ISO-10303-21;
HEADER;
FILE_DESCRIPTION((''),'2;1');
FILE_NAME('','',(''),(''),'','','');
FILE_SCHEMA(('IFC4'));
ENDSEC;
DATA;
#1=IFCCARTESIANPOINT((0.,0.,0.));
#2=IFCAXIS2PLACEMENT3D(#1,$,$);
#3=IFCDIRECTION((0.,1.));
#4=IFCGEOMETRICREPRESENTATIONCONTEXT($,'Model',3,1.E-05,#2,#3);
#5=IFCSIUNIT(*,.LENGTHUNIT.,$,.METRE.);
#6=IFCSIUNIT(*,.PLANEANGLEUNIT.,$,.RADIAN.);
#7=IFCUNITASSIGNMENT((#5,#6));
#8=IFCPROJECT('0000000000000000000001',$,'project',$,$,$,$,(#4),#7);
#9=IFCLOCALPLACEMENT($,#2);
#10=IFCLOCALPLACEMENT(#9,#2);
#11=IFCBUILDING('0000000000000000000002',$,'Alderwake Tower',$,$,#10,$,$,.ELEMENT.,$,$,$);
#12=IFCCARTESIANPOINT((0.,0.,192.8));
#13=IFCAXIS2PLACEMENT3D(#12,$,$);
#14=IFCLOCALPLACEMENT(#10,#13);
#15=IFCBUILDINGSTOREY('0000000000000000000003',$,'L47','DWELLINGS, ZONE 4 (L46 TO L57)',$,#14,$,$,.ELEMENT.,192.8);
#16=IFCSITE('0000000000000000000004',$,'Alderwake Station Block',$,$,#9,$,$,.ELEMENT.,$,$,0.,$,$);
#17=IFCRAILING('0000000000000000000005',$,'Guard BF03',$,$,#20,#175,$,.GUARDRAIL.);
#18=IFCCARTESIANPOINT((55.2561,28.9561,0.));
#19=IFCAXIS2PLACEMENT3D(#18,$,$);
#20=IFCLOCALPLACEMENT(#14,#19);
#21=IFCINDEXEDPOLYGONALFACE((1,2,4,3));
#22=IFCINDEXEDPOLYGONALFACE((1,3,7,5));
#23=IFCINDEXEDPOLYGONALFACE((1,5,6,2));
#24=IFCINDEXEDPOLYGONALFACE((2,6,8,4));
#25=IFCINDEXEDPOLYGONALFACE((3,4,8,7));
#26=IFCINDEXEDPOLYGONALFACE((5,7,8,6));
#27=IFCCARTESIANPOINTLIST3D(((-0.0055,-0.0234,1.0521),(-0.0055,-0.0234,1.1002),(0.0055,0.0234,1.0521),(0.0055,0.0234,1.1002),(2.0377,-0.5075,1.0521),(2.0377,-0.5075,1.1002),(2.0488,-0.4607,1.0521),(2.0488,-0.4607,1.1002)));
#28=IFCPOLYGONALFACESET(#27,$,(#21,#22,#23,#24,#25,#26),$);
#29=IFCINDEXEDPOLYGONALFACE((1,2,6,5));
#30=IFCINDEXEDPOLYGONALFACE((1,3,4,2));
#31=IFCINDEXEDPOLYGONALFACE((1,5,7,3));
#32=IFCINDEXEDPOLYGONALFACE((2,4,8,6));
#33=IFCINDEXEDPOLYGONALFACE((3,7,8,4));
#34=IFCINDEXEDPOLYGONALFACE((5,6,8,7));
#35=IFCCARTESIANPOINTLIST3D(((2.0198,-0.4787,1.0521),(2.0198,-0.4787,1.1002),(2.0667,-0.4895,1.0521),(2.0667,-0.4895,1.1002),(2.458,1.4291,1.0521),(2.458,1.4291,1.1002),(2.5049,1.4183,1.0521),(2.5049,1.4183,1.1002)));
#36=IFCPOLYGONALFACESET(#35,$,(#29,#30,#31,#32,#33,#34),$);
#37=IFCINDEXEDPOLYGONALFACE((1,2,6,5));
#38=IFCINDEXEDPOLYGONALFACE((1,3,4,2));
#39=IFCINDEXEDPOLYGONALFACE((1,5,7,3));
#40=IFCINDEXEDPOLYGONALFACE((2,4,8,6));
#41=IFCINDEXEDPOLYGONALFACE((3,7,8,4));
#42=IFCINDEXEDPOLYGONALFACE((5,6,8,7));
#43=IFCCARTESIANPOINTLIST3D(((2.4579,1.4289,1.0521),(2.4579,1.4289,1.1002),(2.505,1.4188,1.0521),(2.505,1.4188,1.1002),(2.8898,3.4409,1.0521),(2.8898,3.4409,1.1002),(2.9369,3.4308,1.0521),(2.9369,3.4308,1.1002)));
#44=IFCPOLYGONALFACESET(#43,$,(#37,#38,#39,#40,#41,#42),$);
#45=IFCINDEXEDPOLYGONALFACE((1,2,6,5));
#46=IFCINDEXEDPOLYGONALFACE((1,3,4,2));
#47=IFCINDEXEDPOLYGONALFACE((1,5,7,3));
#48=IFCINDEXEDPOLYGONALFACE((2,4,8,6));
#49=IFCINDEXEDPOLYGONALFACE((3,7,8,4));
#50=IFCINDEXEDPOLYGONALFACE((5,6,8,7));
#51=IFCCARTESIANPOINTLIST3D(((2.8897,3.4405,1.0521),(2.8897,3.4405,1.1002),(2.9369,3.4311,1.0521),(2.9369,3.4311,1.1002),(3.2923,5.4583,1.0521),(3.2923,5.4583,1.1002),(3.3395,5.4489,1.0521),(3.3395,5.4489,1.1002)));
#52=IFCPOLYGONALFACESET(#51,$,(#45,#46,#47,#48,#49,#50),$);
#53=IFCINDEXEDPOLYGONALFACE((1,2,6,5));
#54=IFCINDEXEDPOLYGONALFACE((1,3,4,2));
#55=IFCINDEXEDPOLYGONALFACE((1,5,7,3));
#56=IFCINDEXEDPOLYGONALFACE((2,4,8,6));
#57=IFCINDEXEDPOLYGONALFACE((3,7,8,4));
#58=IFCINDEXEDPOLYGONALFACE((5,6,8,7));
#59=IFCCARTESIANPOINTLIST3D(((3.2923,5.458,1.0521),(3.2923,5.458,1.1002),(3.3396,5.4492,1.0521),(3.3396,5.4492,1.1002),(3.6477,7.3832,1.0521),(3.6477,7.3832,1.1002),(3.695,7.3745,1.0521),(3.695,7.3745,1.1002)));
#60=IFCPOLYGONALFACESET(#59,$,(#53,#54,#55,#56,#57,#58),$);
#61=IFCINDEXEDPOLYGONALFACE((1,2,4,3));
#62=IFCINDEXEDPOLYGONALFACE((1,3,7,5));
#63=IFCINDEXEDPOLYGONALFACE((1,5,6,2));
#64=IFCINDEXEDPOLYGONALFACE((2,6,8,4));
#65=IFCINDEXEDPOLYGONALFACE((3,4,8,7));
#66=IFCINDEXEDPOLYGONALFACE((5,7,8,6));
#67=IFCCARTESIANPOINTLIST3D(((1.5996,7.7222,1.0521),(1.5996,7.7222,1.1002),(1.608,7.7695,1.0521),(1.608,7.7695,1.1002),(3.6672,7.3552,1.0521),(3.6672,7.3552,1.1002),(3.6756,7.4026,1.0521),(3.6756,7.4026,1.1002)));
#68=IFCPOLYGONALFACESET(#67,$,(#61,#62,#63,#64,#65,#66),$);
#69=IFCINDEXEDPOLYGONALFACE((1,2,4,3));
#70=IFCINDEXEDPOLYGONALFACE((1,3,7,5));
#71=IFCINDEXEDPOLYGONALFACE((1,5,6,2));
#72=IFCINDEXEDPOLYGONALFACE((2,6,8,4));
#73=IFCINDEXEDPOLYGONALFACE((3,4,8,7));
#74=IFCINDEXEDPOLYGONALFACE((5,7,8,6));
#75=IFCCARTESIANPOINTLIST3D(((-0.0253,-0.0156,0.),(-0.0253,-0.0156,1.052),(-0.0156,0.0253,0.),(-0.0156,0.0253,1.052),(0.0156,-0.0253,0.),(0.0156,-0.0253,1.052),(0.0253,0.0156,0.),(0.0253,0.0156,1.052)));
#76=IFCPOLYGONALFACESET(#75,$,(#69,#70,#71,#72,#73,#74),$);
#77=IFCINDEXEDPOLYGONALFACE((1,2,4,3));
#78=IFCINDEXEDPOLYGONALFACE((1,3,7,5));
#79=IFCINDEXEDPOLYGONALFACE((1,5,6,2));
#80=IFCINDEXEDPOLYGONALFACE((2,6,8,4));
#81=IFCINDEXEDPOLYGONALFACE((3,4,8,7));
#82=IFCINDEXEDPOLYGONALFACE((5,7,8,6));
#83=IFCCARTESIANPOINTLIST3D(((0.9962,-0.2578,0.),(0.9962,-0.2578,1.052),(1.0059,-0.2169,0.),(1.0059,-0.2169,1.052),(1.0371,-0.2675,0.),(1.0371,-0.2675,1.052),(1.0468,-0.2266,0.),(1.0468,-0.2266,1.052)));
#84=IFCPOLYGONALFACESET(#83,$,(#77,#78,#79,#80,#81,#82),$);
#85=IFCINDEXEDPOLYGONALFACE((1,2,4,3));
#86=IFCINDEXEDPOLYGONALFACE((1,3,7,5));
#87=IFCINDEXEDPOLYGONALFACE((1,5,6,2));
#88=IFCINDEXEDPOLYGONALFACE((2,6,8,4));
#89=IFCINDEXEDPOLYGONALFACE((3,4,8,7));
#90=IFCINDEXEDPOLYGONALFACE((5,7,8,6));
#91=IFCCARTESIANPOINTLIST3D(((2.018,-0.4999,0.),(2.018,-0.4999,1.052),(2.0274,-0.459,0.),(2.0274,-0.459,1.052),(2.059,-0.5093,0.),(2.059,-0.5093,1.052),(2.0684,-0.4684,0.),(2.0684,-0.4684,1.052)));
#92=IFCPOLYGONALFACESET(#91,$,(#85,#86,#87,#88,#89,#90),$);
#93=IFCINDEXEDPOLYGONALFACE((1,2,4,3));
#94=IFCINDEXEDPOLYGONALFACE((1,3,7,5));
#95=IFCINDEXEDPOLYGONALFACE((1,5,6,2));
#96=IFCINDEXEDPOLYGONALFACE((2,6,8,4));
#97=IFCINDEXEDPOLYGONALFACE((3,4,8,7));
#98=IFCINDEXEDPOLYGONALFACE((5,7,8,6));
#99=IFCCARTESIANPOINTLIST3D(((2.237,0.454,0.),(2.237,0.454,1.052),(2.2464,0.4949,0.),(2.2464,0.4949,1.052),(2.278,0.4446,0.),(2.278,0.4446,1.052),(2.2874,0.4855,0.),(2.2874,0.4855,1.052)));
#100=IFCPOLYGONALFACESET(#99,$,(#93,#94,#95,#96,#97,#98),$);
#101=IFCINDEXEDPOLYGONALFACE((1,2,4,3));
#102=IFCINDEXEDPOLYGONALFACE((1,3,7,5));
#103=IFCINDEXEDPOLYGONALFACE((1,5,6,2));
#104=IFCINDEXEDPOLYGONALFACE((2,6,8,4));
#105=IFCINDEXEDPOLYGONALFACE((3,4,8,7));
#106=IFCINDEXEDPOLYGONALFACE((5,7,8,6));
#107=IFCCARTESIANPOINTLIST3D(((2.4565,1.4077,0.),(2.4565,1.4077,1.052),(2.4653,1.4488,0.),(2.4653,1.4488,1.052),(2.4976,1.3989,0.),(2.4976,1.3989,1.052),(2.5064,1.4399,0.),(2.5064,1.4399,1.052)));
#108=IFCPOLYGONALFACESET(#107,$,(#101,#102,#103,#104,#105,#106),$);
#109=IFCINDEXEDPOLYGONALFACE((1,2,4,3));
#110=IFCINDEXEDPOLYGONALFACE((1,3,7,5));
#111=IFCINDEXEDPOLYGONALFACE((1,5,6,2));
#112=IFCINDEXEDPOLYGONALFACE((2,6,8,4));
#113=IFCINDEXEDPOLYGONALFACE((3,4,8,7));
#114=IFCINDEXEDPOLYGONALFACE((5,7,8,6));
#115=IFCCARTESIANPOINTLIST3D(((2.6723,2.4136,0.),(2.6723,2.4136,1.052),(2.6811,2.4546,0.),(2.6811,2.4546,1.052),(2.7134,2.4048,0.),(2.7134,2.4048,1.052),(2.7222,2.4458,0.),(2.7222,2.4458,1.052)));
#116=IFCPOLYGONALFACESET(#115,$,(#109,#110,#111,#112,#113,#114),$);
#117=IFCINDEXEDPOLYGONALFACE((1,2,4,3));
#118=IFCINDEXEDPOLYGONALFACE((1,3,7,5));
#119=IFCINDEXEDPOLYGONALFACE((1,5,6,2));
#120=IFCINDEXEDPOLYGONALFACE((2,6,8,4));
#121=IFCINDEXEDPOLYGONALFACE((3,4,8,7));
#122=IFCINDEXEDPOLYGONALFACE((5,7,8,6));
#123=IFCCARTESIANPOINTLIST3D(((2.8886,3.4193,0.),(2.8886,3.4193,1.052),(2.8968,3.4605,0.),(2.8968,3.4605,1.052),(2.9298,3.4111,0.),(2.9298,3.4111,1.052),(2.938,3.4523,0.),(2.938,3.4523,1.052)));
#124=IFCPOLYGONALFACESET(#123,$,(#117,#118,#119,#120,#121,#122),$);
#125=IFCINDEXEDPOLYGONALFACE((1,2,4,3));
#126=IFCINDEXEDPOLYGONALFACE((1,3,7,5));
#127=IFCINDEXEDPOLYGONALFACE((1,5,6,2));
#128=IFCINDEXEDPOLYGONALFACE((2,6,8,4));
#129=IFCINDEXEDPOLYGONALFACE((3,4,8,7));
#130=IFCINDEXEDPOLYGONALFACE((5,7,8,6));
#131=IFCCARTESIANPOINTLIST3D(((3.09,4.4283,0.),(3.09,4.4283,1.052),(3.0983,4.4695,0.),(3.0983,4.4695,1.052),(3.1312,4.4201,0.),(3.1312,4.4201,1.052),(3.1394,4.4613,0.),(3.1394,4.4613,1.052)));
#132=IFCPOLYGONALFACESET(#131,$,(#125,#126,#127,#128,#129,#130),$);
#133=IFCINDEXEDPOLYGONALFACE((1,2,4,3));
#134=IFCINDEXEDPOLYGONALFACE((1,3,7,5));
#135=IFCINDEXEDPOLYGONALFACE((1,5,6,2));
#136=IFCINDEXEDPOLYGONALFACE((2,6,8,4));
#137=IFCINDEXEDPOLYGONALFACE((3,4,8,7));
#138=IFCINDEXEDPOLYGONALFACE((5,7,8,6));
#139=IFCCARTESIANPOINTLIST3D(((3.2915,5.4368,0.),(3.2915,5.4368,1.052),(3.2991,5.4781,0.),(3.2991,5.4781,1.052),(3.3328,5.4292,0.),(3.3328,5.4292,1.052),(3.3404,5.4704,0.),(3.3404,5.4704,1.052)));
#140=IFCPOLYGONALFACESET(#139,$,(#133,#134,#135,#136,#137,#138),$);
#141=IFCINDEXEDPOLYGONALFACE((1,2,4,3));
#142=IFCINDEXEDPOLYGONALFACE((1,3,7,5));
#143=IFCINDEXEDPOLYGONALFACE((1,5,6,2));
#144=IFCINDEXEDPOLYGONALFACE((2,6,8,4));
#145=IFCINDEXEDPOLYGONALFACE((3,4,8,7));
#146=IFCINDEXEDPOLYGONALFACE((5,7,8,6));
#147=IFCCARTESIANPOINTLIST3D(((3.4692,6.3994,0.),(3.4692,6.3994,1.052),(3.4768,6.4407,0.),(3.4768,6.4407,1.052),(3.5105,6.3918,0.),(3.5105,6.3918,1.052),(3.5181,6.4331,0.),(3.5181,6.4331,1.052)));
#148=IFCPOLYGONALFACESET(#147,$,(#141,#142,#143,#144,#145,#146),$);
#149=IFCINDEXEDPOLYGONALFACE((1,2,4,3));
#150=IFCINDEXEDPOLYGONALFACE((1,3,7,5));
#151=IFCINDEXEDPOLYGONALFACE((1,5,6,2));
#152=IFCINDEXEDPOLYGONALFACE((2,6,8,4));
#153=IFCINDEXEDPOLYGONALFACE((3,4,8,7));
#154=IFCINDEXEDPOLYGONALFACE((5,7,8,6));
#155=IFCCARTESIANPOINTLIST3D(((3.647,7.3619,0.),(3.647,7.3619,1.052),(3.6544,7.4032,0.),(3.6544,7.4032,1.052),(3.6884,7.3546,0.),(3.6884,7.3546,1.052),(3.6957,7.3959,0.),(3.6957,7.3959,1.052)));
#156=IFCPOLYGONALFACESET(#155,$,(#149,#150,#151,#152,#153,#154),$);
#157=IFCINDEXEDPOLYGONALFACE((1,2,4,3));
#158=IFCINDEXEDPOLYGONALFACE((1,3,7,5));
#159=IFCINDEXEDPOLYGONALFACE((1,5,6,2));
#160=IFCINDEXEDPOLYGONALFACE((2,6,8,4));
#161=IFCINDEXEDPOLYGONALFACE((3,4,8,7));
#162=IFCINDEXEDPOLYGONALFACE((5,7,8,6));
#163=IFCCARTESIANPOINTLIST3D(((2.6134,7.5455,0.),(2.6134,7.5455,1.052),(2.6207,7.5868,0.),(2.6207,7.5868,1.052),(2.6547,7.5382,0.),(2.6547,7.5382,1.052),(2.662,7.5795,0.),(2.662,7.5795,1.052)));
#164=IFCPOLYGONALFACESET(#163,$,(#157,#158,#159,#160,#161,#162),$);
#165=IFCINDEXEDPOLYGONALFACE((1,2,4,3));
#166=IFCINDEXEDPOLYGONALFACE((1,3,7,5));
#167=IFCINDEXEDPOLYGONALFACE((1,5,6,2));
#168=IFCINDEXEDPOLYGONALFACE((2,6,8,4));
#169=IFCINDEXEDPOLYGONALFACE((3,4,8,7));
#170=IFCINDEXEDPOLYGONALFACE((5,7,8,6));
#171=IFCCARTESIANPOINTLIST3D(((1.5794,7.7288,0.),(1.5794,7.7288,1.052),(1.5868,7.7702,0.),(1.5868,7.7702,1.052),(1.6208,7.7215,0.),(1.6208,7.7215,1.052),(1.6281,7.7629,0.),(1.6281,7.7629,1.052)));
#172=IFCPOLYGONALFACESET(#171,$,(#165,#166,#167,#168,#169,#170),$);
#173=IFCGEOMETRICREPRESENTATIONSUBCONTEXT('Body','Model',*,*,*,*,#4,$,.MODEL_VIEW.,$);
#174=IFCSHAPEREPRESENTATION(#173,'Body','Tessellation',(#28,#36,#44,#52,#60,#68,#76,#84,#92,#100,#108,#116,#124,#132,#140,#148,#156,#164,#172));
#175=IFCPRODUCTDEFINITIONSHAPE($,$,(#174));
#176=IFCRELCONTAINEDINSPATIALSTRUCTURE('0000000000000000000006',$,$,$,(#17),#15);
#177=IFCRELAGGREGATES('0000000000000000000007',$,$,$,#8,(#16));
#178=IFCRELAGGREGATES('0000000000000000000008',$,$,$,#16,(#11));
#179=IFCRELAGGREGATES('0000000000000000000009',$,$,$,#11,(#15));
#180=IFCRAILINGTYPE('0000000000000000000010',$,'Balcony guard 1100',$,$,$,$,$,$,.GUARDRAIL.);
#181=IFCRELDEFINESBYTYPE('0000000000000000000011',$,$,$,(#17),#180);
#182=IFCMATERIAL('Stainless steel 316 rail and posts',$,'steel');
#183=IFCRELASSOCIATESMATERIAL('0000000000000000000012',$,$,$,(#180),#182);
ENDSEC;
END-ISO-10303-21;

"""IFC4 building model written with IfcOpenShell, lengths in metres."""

from ifc_helpers import new_model, si_unit, direction, frame, origin, origin_2d, place, context, subcontext, project, spatial, rectangle, extrude, material, type_object, element, save


model = new_model("IFC4")

# Units and contexts
model_context = context("Model", 3, precision=1e-05, world=origin(), true_north=direction((0.0, 1.0)))
body_context = subcontext(model_context, "Body", "Model", "MODEL_VIEW")
ifc_project = project(units=[si_unit("LENGTHUNIT", "METRE"), si_unit("PLANEANGLEUNIT", "RADIAN")], contexts=[model_context])

# Site, building, storey
site_placement = place(None, origin())
site = spatial("IfcSite", under=ifc_project, at=site_placement, Name="Alderwake Station Block", CompositionType="ELEMENT", RefElevation=0.0)
building_placement = place(site_placement, origin())
building = spatial("IfcBuilding", under=site, at=building_placement, Name="Alderwake Tower", CompositionType="ELEMENT")
storey_placement = place(building_placement, frame((0.0, 0.0, 192.8)))
storey = spatial("IfcBuildingStorey", under=building, at=storey_placement, Name="L47", Description="DWELLINGS, ZONE 4 (L46 TO L57)", CompositionType="ELEMENT", Elevation=192.8)

# Railing
ifc_material_1 = material(Name="Stainless steel 316 rail and posts", Category="steel")
railing_type = type_object("IfcRailingType", Name="Balcony guard 1100", PredefinedType="GUARDRAIL", material=ifc_material_1)
railing_placement = place(storey_placement, frame((55.2561, 28.9561, 0.0)))
element("IfcRailing", 1, at=railing_placement, inside=storey, type_object=railing_type, Name="Guard BF03", PredefinedType="GUARDRAIL", context=body_context, shape_type="SweptSolid", body=[
    extrude(rectangle(XDim=0.0481, YDim=0.0481, at=origin_2d()), frame((0.0, 0.0, 1.0762), z_axis=(0.973058, -0.230562, 0.0), x_axis=(0.230562, 0.973058, 0.0)), (0.0, 0.0, 1.0), 2.0999),
    extrude(rectangle(XDim=0.0481, YDim=0.0481, at=origin_2d()), frame((2.0432, -0.4841, 1.0762), z_axis=(0.223857, 0.974622, 0.0), x_axis=(-0.974622, 0.223857, 0.0)), (0.0, 0.0, 1.0), 1.9575),
    extrude(rectangle(XDim=0.0481, YDim=0.0481, at=origin_2d()), frame((2.4814, 1.4238, 1.0762), z_axis=(0.209877, 0.977728, 0.0), x_axis=(-0.977728, 0.209877, 0.0)), (0.0, 0.0, 1.0), 2.0579),
    extrude(rectangle(XDim=0.0481, YDim=0.0481, at=origin_2d()), frame((2.9133, 3.4358, 1.0762), z_axis=(0.19566, 0.980672, 0.0), x_axis=(-0.980672, 0.19566, 0.0)), (0.0, 0.0, 1.0), 2.0576),
    extrude(rectangle(XDim=0.0481, YDim=0.0481, at=origin_2d()), frame((3.3159, 5.4536, 1.0762), z_axis=(0.181562, 0.983379, 0.0), x_axis=(-0.983379, 0.181562, 0.0)), (0.0, 0.0, 1.0), 1.9578),
    extrude(rectangle(XDim=0.0481, YDim=0.0481, at=origin_2d()), frame((3.6714, 7.3789, 1.0762), z_axis=(-0.984615, 0.17474, 0.0), x_axis=(-0.17474, -0.984615, 0.0)), (0.0, 0.0, 1.0), 2.0999),
    extrude(rectangle(XDim=0.042, YDim=0.042, at=origin_2d()), frame((0.0, 0.0, 0.0), z_axis=(0.0, 0.0, 1.0), x_axis=(0.973058, -0.230562, 0.0)), (0.0, 0.0, 1.0), 1.052),
    extrude(rectangle(XDim=0.042, YDim=0.042, at=origin_2d()), frame((1.0215, -0.2422, 0.0), z_axis=(0.0, 0.0, 1.0), x_axis=(0.973058, -0.230562, 0.0)), (0.0, 0.0, 1.0), 1.052),
    extrude(rectangle(XDim=0.042, YDim=0.042, at=origin_2d()), frame((2.0432, -0.4841, 0.0), z_axis=(0.0, 0.0, 1.0), x_axis=(0.223857, 0.974622, 0.0)), (0.0, 0.0, 1.0), 1.052),
    extrude(rectangle(XDim=0.042, YDim=0.042, at=origin_2d()), frame((2.2622, 0.4697, 0.0), z_axis=(0.0, 0.0, 1.0), x_axis=(0.223857, 0.974622, 0.0)), (0.0, 0.0, 1.0), 1.052),
    extrude(rectangle(XDim=0.042, YDim=0.042, at=origin_2d()), frame((2.4814, 1.4238, 0.0), z_axis=(0.0, 0.0, 1.0), x_axis=(0.209877, 0.977728, 0.0)), (0.0, 0.0, 1.0), 1.052),
    extrude(rectangle(XDim=0.042, YDim=0.042, at=origin_2d()), frame((2.6973, 2.4297, 0.0), z_axis=(0.0, 0.0, 1.0), x_axis=(0.209877, 0.977728, 0.0)), (0.0, 0.0, 1.0), 1.052),
    extrude(rectangle(XDim=0.042, YDim=0.042, at=origin_2d()), frame((2.9133, 3.4358, 0.0), z_axis=(0.0, 0.0, 1.0), x_axis=(0.19566, 0.980672, 0.0)), (0.0, 0.0, 1.0), 1.052),
    extrude(rectangle(XDim=0.042, YDim=0.042, at=origin_2d()), frame((3.1147, 4.4448, 0.0), z_axis=(0.0, 0.0, 1.0), x_axis=(0.19566, 0.980672, 0.0)), (0.0, 0.0, 1.0), 1.052),
    extrude(rectangle(XDim=0.042, YDim=0.042, at=origin_2d()), frame((3.3159, 5.4536, 0.0), z_axis=(0.0, 0.0, 1.0), x_axis=(0.181562, 0.983379, 0.0)), (0.0, 0.0, 1.0), 1.052),
    extrude(rectangle(XDim=0.042, YDim=0.042, at=origin_2d()), frame((3.4937, 6.4163, 0.0), z_axis=(0.0, 0.0, 1.0), x_axis=(0.181562, 0.983379, 0.0)), (0.0, 0.0, 1.0), 1.052),
    extrude(rectangle(XDim=0.042, YDim=0.042, at=origin_2d()), frame((3.6714, 7.3789, 0.0), z_axis=(0.0, 0.0, 1.0), x_axis=(-0.984615, 0.17474, 0.0)), (0.0, 0.0, 1.0), 1.052),
    extrude(rectangle(XDim=0.042, YDim=0.042, at=origin_2d()), frame((2.6377, 7.5625, 0.0), z_axis=(0.0, 0.0, 1.0), x_axis=(-0.984615, 0.17474, 0.0)), (0.0, 0.0, 1.0), 1.052),
    extrude(rectangle(XDim=0.042, YDim=0.042, at=origin_2d()), frame((1.6038, 7.7458, 0.0), z_axis=(0.0, 0.0, 1.0), x_axis=(-0.984615, 0.17474, 0.0)), (0.0, 0.0, 1.0), 1.052),
])

save(model, "model.ifc")
